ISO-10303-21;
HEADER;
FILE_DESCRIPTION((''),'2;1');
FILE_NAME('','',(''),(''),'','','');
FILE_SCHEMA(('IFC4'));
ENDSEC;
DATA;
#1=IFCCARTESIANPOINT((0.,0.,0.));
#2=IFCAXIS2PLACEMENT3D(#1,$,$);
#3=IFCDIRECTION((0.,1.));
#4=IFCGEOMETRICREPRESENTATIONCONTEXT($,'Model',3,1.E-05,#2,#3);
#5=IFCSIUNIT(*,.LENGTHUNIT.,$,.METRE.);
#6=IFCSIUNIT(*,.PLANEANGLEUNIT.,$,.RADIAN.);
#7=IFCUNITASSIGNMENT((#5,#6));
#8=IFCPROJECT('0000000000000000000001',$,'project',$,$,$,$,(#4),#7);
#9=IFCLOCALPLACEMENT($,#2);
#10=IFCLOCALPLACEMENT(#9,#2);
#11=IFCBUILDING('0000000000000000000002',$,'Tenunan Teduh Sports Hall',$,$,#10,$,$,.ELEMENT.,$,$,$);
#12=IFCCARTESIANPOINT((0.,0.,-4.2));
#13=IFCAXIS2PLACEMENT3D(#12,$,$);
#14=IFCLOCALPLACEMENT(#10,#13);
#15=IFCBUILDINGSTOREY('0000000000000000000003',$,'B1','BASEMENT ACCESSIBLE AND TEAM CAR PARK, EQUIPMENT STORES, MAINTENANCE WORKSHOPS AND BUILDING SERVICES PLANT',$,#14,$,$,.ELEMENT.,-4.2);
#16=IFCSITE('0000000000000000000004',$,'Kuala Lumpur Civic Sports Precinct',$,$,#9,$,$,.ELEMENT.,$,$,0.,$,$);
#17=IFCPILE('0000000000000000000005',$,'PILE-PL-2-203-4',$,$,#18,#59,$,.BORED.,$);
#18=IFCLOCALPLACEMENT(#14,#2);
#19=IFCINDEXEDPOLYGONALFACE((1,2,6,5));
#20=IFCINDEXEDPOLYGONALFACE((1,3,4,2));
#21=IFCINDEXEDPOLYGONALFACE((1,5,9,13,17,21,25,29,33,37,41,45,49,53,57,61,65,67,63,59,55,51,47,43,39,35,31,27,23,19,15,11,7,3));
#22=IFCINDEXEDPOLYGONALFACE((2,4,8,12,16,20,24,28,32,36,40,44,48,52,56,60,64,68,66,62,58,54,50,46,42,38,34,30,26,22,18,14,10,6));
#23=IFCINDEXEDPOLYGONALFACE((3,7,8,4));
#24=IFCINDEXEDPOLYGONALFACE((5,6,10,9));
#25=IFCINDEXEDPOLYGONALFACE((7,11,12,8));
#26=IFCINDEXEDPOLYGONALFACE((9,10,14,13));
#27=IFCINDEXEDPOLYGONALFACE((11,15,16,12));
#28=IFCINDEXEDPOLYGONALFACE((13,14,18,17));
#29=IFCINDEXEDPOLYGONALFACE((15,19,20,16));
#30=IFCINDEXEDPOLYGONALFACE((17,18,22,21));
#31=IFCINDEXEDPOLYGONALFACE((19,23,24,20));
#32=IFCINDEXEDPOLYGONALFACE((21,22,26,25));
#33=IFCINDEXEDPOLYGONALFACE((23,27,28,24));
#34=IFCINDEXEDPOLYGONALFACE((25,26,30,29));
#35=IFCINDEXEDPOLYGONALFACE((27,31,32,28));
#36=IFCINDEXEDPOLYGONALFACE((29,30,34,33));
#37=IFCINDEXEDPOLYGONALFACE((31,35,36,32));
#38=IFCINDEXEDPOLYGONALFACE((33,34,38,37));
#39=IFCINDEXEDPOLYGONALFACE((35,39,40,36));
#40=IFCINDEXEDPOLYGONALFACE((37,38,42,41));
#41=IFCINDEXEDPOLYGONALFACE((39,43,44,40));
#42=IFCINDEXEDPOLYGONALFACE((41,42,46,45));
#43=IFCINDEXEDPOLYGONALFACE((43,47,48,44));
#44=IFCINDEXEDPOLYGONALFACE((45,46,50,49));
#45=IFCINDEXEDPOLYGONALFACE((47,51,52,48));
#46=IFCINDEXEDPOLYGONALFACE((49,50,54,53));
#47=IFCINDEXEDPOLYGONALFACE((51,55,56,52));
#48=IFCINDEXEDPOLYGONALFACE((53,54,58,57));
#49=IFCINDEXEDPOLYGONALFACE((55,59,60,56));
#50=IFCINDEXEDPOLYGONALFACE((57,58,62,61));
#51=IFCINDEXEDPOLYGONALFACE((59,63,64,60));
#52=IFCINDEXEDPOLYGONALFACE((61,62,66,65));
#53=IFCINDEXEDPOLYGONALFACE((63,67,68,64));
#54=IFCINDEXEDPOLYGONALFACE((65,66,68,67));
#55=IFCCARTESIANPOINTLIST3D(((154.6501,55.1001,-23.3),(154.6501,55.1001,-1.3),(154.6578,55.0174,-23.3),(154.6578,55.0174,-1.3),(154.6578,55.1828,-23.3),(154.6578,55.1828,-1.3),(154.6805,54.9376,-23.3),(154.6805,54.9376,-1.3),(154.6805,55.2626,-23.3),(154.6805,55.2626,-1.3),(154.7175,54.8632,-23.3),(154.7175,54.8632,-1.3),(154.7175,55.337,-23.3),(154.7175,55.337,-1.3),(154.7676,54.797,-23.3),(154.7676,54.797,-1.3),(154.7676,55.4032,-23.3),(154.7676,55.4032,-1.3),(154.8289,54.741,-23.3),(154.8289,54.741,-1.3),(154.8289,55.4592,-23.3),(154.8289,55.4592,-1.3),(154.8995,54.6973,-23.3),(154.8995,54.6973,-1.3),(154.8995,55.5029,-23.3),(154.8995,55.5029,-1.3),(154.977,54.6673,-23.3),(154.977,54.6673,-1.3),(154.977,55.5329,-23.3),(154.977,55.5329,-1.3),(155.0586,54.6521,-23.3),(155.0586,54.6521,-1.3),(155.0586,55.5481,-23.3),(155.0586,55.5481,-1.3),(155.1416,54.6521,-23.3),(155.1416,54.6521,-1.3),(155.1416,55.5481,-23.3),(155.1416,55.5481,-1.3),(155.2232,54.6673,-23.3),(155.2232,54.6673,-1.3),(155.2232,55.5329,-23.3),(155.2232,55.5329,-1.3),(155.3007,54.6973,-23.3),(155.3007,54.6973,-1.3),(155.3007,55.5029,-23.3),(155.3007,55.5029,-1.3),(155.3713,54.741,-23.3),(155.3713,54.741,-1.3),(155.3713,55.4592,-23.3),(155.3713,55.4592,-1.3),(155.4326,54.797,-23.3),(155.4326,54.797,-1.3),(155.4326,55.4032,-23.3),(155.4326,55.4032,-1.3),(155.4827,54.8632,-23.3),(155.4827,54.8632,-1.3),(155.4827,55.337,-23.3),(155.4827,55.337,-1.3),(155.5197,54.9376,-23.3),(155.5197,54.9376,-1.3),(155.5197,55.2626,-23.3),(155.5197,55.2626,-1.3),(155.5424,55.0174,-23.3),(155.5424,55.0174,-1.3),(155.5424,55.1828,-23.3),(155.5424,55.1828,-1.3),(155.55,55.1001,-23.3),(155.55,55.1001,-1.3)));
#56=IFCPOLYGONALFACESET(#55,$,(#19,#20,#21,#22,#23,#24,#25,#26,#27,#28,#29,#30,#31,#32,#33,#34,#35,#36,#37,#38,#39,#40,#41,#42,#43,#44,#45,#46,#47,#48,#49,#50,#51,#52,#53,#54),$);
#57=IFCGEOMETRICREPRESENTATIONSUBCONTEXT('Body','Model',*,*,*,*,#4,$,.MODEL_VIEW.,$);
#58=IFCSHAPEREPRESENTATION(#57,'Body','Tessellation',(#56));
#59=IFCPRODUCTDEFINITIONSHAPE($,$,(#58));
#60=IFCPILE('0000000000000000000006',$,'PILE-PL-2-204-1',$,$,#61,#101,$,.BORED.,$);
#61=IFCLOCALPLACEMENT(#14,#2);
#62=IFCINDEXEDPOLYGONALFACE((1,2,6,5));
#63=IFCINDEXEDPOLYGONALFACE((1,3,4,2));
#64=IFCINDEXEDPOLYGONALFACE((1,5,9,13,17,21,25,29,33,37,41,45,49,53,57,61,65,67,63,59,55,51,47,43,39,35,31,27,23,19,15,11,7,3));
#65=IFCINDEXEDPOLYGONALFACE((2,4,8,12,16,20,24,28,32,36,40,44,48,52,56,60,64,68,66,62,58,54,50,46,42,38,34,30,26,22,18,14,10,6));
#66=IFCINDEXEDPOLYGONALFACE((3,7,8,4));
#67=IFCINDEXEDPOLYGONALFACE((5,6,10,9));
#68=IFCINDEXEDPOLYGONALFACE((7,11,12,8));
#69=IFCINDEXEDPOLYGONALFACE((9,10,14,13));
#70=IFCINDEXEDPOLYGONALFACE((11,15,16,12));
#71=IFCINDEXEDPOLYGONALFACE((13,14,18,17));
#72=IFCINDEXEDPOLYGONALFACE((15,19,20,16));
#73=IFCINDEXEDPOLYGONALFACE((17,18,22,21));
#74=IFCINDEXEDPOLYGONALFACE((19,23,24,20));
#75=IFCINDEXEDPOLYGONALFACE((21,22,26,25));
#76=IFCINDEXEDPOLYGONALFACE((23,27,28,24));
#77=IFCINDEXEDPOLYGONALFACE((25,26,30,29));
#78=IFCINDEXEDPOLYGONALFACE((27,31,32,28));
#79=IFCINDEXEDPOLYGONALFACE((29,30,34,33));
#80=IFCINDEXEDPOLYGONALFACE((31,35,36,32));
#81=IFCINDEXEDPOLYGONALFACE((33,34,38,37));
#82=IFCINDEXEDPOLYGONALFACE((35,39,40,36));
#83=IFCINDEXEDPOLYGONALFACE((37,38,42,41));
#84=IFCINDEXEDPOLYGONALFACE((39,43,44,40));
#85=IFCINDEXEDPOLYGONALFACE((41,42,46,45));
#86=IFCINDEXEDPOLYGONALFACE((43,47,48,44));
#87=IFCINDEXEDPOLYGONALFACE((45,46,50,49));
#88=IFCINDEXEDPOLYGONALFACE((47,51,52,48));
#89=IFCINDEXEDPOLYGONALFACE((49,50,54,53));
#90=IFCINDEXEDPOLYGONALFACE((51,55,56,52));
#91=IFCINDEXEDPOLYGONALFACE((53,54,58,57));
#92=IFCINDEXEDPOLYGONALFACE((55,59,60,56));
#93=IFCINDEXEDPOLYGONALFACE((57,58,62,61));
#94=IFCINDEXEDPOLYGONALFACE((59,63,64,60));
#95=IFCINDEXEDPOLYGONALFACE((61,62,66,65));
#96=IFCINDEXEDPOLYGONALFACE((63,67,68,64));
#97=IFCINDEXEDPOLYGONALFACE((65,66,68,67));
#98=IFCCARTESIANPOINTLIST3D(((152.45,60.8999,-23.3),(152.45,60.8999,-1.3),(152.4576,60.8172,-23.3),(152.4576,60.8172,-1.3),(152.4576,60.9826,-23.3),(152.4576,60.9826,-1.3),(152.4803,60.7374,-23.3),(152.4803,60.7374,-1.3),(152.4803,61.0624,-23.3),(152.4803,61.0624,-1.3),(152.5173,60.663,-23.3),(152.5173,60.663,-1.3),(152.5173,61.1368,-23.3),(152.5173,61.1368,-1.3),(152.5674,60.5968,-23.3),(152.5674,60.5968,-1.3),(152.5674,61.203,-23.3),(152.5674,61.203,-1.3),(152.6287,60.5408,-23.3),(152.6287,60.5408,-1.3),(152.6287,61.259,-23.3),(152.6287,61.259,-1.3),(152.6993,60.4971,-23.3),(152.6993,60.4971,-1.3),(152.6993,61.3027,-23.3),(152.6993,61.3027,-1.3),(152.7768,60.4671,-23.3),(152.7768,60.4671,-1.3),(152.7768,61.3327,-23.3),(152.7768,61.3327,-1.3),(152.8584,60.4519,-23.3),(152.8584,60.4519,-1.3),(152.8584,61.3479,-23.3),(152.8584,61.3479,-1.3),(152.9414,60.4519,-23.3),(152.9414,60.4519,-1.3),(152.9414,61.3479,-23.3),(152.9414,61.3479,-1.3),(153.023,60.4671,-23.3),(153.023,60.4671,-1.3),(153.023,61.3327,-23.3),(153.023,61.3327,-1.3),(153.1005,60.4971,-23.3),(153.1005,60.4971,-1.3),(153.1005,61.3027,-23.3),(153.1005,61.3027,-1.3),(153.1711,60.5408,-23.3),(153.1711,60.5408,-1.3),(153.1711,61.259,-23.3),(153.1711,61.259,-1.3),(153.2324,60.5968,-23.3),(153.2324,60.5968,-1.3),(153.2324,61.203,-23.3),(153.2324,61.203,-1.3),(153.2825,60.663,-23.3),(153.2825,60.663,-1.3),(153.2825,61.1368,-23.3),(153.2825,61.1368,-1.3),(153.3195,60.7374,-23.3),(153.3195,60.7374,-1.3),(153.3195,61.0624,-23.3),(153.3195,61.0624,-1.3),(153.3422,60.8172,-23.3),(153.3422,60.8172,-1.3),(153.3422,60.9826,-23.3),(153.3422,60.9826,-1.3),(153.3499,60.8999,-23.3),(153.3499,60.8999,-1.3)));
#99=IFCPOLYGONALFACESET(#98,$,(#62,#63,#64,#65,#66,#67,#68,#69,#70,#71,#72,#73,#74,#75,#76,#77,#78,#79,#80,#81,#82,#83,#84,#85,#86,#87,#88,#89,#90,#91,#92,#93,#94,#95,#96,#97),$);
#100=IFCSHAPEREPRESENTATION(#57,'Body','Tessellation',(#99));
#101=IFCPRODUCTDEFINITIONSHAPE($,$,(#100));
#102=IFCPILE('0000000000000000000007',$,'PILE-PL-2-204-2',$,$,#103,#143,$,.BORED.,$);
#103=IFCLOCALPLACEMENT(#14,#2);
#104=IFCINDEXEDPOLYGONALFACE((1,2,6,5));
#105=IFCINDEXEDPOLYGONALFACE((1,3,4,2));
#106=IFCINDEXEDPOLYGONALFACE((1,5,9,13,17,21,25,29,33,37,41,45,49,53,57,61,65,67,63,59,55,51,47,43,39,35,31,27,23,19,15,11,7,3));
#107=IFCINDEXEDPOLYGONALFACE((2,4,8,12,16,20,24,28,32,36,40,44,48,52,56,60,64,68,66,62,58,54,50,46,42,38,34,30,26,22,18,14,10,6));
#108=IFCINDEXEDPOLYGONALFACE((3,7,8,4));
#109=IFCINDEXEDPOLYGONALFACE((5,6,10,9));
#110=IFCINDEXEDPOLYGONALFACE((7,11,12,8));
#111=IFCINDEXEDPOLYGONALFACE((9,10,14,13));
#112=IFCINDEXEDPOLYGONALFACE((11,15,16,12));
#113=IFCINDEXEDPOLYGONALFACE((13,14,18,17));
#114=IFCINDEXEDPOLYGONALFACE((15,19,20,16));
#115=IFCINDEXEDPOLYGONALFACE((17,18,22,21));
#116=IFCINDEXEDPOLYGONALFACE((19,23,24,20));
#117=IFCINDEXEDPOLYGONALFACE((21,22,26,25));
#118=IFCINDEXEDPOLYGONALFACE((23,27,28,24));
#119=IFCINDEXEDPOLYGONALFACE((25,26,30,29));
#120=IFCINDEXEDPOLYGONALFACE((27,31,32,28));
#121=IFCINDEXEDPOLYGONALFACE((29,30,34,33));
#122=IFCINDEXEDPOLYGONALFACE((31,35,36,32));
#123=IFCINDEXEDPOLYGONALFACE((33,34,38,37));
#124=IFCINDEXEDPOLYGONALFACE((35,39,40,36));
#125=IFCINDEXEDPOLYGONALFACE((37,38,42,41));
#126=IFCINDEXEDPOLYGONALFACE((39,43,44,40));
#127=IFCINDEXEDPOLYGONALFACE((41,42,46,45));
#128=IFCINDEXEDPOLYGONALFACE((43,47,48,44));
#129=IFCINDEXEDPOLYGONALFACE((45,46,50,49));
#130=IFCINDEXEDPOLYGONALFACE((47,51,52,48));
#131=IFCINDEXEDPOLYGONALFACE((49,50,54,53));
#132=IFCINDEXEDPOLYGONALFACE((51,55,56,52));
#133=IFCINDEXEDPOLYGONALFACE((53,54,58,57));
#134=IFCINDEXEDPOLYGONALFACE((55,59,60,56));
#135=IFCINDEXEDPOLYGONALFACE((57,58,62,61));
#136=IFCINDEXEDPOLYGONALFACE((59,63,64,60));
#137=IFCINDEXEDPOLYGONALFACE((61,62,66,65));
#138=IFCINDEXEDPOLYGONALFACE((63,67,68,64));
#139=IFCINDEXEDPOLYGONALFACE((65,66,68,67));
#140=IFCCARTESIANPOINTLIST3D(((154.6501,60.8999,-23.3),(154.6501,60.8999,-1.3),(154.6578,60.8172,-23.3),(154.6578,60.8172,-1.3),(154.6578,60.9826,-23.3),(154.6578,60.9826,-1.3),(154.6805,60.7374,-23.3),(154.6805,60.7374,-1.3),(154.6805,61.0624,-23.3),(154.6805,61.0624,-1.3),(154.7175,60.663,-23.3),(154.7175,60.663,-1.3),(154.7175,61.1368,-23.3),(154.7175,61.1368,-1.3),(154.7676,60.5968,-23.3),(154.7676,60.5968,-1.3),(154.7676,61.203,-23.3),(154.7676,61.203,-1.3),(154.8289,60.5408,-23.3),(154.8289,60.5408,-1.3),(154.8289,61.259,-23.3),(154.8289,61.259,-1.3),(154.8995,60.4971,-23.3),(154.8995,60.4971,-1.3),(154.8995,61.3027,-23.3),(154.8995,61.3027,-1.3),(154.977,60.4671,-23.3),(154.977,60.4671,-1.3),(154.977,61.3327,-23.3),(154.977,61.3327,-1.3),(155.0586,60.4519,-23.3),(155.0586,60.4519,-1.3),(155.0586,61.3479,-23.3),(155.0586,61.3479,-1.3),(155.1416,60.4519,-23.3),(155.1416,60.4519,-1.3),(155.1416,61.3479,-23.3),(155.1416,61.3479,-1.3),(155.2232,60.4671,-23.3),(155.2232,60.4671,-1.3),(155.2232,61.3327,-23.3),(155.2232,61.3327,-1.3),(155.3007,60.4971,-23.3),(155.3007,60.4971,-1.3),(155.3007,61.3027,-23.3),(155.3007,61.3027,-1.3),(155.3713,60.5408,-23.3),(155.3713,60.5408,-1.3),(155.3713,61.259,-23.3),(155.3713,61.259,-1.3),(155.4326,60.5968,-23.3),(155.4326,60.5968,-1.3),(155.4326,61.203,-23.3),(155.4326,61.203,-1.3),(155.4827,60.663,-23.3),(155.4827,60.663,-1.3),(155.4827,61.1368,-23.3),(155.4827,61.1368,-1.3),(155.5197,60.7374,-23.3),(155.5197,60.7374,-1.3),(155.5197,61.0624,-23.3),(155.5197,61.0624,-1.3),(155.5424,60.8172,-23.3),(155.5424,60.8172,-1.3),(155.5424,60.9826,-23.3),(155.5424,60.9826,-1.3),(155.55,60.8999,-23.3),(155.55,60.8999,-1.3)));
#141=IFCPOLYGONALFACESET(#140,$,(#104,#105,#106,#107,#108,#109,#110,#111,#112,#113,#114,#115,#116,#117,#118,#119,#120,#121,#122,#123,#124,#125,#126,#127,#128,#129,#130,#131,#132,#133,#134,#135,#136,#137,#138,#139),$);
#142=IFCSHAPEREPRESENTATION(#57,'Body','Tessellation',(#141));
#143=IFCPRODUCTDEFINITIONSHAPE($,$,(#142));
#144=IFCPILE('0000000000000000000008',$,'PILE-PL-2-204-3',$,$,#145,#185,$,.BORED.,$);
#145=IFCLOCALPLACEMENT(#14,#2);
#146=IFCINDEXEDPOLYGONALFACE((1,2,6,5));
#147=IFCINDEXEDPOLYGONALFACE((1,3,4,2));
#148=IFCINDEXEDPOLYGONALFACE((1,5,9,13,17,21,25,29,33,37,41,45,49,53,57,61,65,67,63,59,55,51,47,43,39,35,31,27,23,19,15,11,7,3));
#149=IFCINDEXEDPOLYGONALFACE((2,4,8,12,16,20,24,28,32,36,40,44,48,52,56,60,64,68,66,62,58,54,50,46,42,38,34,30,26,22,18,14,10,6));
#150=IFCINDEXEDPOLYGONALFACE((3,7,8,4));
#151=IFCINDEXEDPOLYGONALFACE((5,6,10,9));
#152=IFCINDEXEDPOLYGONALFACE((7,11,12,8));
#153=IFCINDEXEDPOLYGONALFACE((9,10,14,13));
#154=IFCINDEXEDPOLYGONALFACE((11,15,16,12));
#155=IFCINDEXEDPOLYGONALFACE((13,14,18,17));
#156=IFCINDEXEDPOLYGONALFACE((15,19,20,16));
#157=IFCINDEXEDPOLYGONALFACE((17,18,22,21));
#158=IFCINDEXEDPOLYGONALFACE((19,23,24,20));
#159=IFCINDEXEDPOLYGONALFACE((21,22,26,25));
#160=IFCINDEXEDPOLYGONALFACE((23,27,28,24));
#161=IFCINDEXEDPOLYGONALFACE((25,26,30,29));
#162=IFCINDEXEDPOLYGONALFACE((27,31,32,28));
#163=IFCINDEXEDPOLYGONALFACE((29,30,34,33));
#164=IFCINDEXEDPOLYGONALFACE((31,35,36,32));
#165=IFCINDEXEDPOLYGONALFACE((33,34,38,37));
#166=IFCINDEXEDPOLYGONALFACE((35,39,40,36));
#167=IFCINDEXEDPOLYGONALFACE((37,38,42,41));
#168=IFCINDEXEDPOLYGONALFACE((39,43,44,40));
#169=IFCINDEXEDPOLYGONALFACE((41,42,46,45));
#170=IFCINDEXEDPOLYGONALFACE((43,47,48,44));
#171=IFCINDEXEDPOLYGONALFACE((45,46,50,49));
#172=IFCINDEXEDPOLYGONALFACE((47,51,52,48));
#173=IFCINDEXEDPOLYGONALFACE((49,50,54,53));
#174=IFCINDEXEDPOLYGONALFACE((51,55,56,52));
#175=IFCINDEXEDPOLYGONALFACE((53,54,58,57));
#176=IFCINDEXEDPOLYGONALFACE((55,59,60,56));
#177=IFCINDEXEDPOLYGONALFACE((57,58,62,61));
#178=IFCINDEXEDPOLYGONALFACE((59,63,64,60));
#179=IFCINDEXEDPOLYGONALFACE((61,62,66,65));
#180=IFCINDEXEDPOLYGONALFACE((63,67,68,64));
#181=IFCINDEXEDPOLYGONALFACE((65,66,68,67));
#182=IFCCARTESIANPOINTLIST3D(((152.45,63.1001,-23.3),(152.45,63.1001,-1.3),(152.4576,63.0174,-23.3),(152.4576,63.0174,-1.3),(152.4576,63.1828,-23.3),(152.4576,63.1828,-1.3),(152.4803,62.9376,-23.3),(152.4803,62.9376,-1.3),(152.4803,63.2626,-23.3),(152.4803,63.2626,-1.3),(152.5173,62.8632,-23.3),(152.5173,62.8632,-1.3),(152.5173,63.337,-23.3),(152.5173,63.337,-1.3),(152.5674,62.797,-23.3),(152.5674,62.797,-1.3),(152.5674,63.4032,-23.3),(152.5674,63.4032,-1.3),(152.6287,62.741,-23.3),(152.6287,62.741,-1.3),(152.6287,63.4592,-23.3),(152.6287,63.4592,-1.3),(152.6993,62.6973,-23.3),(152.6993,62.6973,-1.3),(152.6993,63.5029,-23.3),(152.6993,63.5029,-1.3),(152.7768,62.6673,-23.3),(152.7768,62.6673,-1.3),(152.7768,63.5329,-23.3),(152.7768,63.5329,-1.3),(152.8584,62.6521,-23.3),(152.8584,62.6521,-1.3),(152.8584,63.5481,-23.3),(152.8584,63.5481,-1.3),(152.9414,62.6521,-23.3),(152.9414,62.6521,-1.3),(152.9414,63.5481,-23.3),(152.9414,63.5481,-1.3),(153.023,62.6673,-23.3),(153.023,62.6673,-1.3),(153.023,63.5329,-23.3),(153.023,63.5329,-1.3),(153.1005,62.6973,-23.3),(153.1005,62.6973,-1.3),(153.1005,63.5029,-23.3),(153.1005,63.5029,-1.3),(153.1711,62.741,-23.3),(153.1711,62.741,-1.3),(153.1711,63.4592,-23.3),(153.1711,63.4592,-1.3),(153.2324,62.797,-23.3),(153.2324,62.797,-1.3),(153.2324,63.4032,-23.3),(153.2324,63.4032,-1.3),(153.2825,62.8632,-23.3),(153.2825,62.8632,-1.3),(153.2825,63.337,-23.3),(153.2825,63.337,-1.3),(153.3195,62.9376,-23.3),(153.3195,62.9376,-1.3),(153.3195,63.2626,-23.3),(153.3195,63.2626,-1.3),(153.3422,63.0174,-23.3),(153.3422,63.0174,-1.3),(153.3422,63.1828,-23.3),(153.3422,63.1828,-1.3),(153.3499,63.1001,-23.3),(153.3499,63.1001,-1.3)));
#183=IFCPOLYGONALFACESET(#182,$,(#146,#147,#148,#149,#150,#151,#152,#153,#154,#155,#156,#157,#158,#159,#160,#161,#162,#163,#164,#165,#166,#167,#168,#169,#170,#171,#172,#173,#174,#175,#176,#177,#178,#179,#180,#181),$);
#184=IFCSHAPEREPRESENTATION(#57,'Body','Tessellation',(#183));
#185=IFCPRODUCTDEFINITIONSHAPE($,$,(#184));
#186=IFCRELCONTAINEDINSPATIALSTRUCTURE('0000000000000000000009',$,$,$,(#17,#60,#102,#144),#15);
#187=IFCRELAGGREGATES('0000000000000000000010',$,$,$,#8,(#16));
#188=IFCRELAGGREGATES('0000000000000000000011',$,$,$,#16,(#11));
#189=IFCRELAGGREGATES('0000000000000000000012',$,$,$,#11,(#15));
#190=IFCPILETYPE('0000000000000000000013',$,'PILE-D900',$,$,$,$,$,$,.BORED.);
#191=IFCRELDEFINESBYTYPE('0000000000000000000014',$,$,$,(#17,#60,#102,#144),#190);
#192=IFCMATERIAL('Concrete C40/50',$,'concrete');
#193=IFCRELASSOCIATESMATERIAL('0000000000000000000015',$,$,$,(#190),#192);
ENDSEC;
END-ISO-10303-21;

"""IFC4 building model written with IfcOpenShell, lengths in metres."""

from ifc_helpers import new_model, si_unit, direction, frame, origin, origin_2d, place, context, subcontext, project, spatial, circle, extrude, material, material_profile, profile_set, type_object, element, save


model = new_model("IFC4")

# Units and contexts
model_context = context("Model", 3, precision=1e-05, world=origin(), true_north=direction((0.0, 1.0)))
body_context = subcontext(model_context, "Body", "Model", "MODEL_VIEW")
ifc_project = project(units=[si_unit("LENGTHUNIT", "METRE"), si_unit("PLANEANGLEUNIT", "RADIAN")], contexts=[model_context])

# Site, building, storey
site_placement = place(None, origin())
site = spatial("IfcSite", under=ifc_project, at=site_placement, Name="Kuala Lumpur Civic Sports Precinct", CompositionType="ELEMENT", RefElevation=0.0)
building_placement = place(site_placement, origin())
building = spatial("IfcBuilding", under=site, at=building_placement, Name="Tenunan Teduh Sports Hall", CompositionType="ELEMENT")
storey_placement = place(building_placement, frame((0.0, 0.0, -4.2)))
storey = spatial("IfcBuildingStorey", under=building, at=storey_placement, Name="B1", Description="BASEMENT ACCESSIBLE AND TEAM CAR PARK, EQUIPMENT STORES, MAINTENANCE WORKSHOPS AND BUILDING SERVICES PLANT", CompositionType="ELEMENT", Elevation=-4.2)

# Piles
ifc_material_1 = material(Name="Concrete C40/50", Category="concrete")
ifc_material_profile_1 = material_profile(ifc_material_1, circle(Radius=0.45, at=origin_2d()), Name="PILE D900")
ifc_profile_set_1 = profile_set([ifc_material_profile_1], Name="Concrete C40/50")
pile_type_1 = type_object("IfcPileType", Name="PILE-D900", PredefinedType="BORED", material=ifc_profile_set_1)
for number, where, z_axis, x_axis, name in (
    (1, (155.1001, 55.1001, -1.3), (0.0, 0.0, -1.0), (1.0, 0.0, 0.0), "PILE-PL-2-203-4"),
    (2, (152.8999, 60.8999, -1.3), (0.0, 0.0, -1.0), (1.0, 0.0, 0.0), "PILE-PL-2-204-1"),
    (3, (155.1001, 60.8999, -1.3), (0.0, 0.0, -1.0), (1.0, 0.0, 0.0), "PILE-PL-2-204-2"),
    (4, (152.8999, 63.1001, -1.3), (0.0, 0.0, -1.0), (1.0, 0.0, 0.0), "PILE-PL-2-204-3"),
):
    element("IfcPile", number, at=place(storey_placement, frame(where, z_axis=z_axis, x_axis=x_axis)), inside=storey, type_object=pile_type_1, Name=name, PredefinedType="BORED", context=body_context, shape_type="SweptSolid", body=[
        extrude(circle(Radius=0.45, at=origin_2d()), origin(), (0.0, 0.0, 1.0), 22.0),
    ])

save(model, "model.ifc")
